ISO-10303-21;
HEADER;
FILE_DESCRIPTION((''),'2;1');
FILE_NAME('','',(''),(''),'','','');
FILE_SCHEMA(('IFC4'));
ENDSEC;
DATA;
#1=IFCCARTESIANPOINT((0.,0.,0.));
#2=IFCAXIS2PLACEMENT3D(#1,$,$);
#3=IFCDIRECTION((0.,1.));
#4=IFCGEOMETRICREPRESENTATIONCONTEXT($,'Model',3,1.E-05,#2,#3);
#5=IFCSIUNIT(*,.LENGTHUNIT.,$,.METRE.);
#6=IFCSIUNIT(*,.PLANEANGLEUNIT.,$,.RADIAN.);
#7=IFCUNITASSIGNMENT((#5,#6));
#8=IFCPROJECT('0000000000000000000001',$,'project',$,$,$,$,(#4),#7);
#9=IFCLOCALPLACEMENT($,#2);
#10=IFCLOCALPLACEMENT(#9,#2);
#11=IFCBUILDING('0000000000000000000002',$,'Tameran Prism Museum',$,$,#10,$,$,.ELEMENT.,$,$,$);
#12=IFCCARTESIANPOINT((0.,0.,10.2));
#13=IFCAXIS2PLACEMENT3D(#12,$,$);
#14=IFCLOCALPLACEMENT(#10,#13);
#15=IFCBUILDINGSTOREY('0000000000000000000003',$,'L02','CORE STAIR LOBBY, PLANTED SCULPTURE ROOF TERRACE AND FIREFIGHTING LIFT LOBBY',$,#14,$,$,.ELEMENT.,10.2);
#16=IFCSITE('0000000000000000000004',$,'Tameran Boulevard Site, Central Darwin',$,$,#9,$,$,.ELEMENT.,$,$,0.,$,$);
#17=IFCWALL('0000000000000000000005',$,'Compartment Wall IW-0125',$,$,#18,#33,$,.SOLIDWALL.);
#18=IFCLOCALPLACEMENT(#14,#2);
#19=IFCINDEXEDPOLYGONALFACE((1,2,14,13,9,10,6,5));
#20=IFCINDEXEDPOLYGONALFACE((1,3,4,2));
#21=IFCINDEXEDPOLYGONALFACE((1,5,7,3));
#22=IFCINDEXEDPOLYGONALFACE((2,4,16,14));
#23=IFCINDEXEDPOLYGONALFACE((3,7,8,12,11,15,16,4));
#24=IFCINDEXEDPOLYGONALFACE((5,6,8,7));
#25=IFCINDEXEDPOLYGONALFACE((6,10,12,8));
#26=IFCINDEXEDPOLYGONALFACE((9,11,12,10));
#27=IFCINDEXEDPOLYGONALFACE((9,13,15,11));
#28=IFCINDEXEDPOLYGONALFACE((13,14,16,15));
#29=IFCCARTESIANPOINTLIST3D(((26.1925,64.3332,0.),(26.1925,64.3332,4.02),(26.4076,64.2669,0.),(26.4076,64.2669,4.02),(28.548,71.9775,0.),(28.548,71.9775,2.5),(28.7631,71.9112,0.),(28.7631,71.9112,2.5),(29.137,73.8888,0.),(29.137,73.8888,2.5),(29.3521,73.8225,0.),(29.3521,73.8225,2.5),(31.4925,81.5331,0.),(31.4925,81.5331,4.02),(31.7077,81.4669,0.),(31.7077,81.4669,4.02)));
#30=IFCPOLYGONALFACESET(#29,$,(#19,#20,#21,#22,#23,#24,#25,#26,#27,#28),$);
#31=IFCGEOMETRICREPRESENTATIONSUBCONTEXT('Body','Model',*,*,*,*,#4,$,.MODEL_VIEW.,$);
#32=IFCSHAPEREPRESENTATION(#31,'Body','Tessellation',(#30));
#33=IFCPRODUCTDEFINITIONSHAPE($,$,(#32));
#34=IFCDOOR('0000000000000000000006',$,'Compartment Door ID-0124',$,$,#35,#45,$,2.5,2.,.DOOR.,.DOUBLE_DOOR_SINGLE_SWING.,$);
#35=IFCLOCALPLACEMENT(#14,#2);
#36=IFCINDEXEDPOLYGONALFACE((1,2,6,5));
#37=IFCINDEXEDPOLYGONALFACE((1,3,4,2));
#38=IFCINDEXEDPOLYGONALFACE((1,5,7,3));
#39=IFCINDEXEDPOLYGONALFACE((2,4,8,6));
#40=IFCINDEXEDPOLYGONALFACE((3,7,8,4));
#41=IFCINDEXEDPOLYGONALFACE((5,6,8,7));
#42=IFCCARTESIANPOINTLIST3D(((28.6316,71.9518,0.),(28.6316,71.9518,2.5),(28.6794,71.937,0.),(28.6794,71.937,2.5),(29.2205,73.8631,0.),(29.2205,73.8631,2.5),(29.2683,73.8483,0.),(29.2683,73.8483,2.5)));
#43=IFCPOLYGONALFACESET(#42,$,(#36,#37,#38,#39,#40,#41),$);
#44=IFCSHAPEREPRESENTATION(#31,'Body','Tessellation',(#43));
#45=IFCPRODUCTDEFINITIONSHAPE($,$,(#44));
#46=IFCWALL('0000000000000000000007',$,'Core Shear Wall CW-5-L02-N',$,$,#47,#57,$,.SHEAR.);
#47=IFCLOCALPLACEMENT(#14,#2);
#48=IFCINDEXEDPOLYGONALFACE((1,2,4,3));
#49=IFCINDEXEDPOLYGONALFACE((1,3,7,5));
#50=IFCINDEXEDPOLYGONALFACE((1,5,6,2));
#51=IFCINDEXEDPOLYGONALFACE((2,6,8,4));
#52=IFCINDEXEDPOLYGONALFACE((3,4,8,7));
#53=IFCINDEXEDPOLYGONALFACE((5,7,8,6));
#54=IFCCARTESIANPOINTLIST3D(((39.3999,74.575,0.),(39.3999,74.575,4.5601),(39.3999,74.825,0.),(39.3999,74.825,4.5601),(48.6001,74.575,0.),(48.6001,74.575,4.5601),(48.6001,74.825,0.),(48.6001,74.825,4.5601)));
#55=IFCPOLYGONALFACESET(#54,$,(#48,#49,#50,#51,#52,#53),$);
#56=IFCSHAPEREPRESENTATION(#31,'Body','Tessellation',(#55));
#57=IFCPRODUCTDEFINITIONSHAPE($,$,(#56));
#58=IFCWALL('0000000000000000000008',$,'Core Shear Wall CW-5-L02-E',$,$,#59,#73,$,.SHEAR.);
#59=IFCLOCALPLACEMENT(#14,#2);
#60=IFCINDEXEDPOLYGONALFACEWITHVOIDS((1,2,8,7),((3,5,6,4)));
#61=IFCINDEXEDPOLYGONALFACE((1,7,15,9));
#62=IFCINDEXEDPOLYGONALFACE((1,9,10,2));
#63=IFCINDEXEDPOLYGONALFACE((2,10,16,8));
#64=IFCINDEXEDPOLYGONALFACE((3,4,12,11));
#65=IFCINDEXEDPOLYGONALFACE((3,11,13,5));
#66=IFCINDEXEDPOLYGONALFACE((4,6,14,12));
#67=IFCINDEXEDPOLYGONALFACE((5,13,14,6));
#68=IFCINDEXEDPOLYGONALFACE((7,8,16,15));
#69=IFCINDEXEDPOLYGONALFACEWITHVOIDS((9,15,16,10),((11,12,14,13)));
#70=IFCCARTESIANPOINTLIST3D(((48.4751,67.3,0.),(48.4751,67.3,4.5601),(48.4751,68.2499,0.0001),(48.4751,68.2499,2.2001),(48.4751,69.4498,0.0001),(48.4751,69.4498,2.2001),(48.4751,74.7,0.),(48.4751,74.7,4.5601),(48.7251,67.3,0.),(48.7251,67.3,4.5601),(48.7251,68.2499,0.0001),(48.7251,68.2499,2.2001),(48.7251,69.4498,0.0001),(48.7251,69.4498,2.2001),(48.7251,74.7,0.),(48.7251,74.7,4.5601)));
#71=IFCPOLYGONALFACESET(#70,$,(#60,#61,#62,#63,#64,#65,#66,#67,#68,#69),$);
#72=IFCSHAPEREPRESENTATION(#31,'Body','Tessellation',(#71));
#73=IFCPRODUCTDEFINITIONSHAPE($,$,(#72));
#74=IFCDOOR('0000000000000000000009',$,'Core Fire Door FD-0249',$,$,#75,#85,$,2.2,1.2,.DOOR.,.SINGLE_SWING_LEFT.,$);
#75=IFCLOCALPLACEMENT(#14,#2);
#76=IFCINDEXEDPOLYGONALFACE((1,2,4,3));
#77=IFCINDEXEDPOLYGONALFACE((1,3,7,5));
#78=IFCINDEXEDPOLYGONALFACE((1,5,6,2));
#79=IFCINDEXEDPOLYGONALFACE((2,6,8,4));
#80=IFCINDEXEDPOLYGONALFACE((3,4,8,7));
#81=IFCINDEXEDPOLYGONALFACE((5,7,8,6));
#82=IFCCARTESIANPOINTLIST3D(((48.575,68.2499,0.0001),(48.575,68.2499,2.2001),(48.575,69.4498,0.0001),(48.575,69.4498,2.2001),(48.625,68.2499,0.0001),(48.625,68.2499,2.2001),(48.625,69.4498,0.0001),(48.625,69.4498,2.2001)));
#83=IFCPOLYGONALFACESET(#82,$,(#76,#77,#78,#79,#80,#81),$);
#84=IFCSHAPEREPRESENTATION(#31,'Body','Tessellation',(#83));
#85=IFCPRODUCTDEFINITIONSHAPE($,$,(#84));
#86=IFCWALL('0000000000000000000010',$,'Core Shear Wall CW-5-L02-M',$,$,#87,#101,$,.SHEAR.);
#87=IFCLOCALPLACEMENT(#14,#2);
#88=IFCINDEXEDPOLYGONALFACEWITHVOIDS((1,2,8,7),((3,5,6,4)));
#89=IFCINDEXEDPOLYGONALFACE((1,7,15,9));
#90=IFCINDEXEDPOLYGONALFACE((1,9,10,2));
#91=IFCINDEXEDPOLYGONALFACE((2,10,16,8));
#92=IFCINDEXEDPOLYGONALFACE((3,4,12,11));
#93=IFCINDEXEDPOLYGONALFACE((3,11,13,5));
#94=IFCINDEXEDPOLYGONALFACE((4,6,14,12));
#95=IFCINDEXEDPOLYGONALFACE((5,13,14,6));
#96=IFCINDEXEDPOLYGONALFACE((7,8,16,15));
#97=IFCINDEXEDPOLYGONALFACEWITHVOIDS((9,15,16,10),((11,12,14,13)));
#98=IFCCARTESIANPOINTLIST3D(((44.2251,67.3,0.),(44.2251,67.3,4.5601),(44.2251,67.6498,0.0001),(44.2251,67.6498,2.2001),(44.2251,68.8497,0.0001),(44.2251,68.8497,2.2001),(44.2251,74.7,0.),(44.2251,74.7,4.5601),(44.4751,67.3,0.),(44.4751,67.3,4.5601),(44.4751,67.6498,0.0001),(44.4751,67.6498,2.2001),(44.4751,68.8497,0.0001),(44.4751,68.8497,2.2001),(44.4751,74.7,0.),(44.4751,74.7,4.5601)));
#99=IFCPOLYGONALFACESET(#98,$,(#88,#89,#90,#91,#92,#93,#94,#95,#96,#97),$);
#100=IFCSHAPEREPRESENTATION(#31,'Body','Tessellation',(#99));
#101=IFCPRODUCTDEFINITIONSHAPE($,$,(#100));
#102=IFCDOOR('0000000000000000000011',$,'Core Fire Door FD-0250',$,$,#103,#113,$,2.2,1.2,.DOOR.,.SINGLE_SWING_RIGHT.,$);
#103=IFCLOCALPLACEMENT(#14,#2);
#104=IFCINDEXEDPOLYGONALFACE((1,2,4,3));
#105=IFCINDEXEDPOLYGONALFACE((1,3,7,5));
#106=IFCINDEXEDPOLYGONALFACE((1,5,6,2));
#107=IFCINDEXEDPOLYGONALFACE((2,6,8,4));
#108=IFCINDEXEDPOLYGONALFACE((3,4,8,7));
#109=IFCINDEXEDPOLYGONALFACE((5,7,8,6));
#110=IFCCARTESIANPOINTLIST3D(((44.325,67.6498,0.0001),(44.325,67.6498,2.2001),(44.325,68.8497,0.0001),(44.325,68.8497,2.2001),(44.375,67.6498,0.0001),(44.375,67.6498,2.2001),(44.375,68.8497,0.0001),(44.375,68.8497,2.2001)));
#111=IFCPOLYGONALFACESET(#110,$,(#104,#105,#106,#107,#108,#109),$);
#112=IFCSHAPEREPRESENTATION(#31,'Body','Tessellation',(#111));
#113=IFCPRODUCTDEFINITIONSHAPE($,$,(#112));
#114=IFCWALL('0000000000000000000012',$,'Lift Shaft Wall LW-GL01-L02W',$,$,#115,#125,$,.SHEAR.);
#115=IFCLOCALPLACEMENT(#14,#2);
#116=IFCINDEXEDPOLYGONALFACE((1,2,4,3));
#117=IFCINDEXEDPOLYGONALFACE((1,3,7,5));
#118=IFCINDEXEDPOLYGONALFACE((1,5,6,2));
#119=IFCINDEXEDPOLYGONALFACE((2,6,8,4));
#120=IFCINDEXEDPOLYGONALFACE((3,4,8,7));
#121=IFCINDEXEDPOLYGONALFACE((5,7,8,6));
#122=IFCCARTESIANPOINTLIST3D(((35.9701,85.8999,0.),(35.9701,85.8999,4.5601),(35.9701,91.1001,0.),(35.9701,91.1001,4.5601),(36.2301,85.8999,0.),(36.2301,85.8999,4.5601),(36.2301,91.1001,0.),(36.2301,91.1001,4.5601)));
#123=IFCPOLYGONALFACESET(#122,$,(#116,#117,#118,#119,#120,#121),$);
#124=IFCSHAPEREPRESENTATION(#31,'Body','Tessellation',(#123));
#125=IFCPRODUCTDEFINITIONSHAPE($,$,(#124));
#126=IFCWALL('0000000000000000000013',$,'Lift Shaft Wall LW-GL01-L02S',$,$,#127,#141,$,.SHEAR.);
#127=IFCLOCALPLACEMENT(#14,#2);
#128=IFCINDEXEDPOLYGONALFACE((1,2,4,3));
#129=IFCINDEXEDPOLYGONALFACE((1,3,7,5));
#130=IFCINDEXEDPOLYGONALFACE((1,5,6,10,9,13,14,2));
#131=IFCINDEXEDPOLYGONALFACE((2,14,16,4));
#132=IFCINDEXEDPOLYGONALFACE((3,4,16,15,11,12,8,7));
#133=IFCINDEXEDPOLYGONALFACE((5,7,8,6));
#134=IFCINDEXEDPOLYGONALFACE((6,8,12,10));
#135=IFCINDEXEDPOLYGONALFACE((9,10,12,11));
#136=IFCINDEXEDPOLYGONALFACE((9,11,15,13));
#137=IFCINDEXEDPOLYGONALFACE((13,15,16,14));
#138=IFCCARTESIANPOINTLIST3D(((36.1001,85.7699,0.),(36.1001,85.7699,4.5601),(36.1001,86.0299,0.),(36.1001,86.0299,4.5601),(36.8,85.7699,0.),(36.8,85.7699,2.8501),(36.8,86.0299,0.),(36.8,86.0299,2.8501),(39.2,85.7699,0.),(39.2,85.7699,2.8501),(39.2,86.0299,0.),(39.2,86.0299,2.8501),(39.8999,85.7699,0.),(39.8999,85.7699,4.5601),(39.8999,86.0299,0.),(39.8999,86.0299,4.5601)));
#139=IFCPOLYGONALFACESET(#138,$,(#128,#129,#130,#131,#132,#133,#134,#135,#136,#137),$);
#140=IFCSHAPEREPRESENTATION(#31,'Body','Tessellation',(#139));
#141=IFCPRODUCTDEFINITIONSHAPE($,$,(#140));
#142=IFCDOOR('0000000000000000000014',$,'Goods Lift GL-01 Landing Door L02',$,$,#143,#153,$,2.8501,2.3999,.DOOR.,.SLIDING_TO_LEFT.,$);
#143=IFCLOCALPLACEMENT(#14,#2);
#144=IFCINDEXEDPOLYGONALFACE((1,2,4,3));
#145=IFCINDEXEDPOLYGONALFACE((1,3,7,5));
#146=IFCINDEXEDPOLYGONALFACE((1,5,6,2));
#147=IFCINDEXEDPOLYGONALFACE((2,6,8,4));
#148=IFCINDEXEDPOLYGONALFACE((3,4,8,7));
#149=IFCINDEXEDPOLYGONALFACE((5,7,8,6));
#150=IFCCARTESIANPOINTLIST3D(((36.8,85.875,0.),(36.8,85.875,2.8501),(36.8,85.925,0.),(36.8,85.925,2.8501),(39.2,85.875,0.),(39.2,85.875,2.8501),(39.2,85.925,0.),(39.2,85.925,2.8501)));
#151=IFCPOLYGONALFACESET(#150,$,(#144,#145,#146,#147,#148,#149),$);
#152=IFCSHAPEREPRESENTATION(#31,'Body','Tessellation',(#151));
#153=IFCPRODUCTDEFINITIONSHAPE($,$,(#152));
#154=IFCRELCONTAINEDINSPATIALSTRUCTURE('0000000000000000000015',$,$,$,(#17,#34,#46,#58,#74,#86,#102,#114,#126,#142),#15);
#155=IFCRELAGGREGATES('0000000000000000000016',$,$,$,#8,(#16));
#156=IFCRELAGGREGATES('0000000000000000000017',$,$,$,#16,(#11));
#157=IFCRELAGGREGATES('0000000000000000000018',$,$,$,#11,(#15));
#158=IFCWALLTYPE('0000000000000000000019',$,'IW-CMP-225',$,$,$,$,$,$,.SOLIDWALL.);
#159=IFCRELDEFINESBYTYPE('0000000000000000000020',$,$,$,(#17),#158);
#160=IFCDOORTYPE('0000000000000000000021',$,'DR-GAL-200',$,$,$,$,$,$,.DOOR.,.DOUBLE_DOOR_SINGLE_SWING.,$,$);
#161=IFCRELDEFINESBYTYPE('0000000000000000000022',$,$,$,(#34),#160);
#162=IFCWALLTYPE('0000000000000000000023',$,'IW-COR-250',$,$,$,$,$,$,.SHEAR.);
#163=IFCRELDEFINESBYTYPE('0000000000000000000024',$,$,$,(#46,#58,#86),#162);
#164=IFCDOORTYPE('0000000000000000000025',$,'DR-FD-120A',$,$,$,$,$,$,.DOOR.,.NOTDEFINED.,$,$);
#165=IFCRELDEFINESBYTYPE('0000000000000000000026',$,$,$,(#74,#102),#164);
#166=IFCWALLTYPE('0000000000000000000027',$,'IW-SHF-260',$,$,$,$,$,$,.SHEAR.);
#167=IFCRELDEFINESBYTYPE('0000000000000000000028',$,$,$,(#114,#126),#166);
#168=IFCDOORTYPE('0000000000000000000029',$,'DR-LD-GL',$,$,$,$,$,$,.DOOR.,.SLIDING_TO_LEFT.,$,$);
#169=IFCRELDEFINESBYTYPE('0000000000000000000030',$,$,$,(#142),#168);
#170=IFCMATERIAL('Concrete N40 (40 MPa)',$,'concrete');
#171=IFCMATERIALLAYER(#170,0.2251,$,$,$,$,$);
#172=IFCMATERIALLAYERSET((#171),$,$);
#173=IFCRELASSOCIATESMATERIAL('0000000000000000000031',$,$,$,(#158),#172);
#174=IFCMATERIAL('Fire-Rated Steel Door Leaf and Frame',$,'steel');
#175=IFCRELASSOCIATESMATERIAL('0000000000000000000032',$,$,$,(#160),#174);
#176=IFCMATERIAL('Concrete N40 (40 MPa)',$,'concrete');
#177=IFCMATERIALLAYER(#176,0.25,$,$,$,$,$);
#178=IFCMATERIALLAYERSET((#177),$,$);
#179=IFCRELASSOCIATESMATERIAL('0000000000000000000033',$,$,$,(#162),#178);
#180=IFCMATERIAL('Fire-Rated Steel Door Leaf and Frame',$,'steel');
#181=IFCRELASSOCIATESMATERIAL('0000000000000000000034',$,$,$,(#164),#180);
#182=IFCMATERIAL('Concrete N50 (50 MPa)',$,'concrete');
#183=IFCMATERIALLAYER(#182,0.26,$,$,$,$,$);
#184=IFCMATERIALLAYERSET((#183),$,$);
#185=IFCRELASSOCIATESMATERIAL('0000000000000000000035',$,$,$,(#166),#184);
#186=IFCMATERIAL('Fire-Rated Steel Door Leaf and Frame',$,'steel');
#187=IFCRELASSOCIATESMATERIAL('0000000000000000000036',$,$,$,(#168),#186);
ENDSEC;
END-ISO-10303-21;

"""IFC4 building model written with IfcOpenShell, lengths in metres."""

from ifc_helpers import new_model, si_unit, direction, frame, frame_2d, origin, place, context, subcontext, project, spatial, rectangle, extrude, material, layer, layer_set, type_object, element, fill, save


model = new_model("IFC4")

# Units and contexts
model_context = context("Model", 3, precision=1e-05, world=origin(), true_north=direction((0.0, 1.0)))
body_context = subcontext(model_context, "Body", "Model", "MODEL_VIEW")
ifc_project = project(units=[si_unit("LENGTHUNIT", "METRE"), si_unit("PLANEANGLEUNIT", "RADIAN")], contexts=[model_context])

# Site, building, storey
site_placement = place(None, origin())
site = spatial("IfcSite", under=ifc_project, at=site_placement, Name="Tameran Boulevard Site, Central Darwin", CompositionType="ELEMENT", RefElevation=0.0)
building_placement = place(site_placement, origin())
building = spatial("IfcBuilding", under=site, at=building_placement, Name="Tameran Prism Museum", CompositionType="ELEMENT")
storey_placement = place(building_placement, frame((0.0, 0.0, 10.2)))
storey = spatial("IfcBuildingStorey", under=building, at=storey_placement, Name="L02", Description="CORE STAIR LOBBY, PLANTED SCULPTURE ROOF TERRACE AND FIREFIGHTING LIFT LOBBY", CompositionType="ELEMENT", Elevation=10.2)

# Wall, opening, door
ifc_material_1 = material(Name="Concrete N40 (40 MPa)", Category="concrete")
ifc_layer_1 = layer(ifc_material_1, 0.2251)
ifc_layer_set_1 = layer_set([ifc_layer_1])
wall_type_1 = type_object("IfcWallType", Name="IW-CMP-225", PredefinedType="SOLIDWALL", material=ifc_layer_set_1)
wall_1_placement = place(storey_placement, frame((31.6001, 81.5, 0.0), z_axis=(0.0, 0.0, 1.0), x_axis=(-0.294479, -0.955658, 0.0)))
wall_1 = element("IfcWall", 1, at=wall_1_placement, inside=storey, type_object=wall_type_1, Name="Compartment Wall IW-0125", PredefinedType="SOLIDWALL", context=body_context, shape_type="SweptSolid", body=[
    extrude(rectangle(XDim=17.998, YDim=0.2251, at=frame_2d((8.999, 0.0))), origin(), (0.0, 0.0, 1.0), 4.02),
])
opening_1_placement = place(wall_1_placement, frame((7.999, 0.0, 0.0)))
opening_1 = element("IfcOpeningElement", 2, at=opening_1_placement, cuts=wall_1, PredefinedType="OPENING", context=body_context, shape_type="SweptSolid", body=[
    extrude(rectangle(XDim=2.0, YDim=2.5, at=frame_2d((1.0, 1.25))), frame((0.0, 0.1226, 0.0), z_axis=(0.0, -1.0, 0.0), x_axis=(1.0, 0.0, 0.0)), (0.0, 0.0, 1.0), 0.2451),
])
ifc_material_2 = material(Name="Fire-Rated Steel Door Leaf and Frame", Category="steel")
door_type_1 = type_object("IfcDoorType", Name="DR-GAL-200", OperationType="DOUBLE_DOOR_SINGLE_SWING", PredefinedType="DOOR", material=ifc_material_2)
door_1_placement = place(opening_1_placement, origin())
door_1 = element("IfcDoor", 3, at=door_1_placement, inside=storey, type_object=door_type_1, Name="Compartment Door ID-0124", OperationType="DOUBLE_DOOR_SINGLE_SWING", OverallHeight=2.5, OverallWidth=2.0, PredefinedType="DOOR", context=body_context, shape_type="SweptSolid", body=[
    extrude(rectangle(XDim=2.0, YDim=2.5, at=frame_2d((1.0, 1.25))), frame((0.0, 0.0249, 0.0), z_axis=(0.0, -1.0, 0.0), x_axis=(1.0, 0.0, 0.0)), (0.0, 0.0, 1.0), 0.05),
])
fill(opening_1, door_1)

# Wall
ifc_material_3 = material(Name="Concrete N40 (40 MPa)", Category="concrete")
ifc_layer_2 = layer(ifc_material_3, 0.25)
ifc_layer_set_2 = layer_set([ifc_layer_2])
wall_type_2 = type_object("IfcWallType", Name="IW-COR-250", PredefinedType="SHEAR", material=ifc_layer_set_2)
wall_2_placement = place(storey_placement, frame((39.3999, 74.7, 0.0), z_axis=(0.0, 0.0, 1.0), x_axis=(1.0, 0.0, 0.0)))
element("IfcWall", 4, at=wall_2_placement, inside=storey, type_object=wall_type_2, Name="Core Shear Wall CW-5-L02-N", PredefinedType="SHEAR", context=body_context, shape_type="SweptSolid", body=[
    extrude(rectangle(XDim=9.2002, YDim=0.25, at=frame_2d((4.6001, 0.0))), origin(), (0.0, 0.0, 1.0), 4.5601),
])

# Walls, openings, doors
wall_3_placement = place(storey_placement, frame((48.6001, 74.7, 0.0), z_axis=(0.0, 0.0, 1.0), x_axis=(0.0, -1.0, 0.0)))
wall_3 = element("IfcWall", 5, at=wall_3_placement, inside=storey, type_object=wall_type_2, Name="Core Shear Wall CW-5-L02-E", PredefinedType="SHEAR", context=body_context, shape_type="SweptSolid", body=[
    extrude(rectangle(XDim=7.3999, YDim=0.25, at=frame_2d((3.7, 0.0))), origin(), (0.0, 0.0, 1.0), 4.5601),
])
opening_2_placement = place(wall_3_placement, frame((5.25, 0.0, 0.0)))
opening_2 = element("IfcOpeningElement", 6, at=opening_2_placement, cuts=wall_3, PredefinedType="OPENING", context=body_context, shape_type="SweptSolid", body=[
    extrude(rectangle(XDim=1.2, YDim=2.2, at=frame_2d((0.6001, 1.1001))), frame((0.0, 0.135, 0.0), z_axis=(0.0, -1.0, 0.0), x_axis=(1.0, 0.0, 0.0)), (0.0, 0.0, 1.0), 0.27),
])
ifc_material_4 = material(Name="Fire-Rated Steel Door Leaf and Frame", Category="steel")
door_type_2 = type_object("IfcDoorType", Name="DR-FD-120A", OperationType="NOTDEFINED", PredefinedType="DOOR", material=ifc_material_4)
door_2_placement = place(opening_2_placement, origin())
door_2 = element("IfcDoor", 7, at=door_2_placement, inside=storey, type_object=door_type_2, Name="Core Fire Door FD-0249", OperationType="SINGLE_SWING_LEFT", OverallHeight=2.2, OverallWidth=1.2, PredefinedType="DOOR", context=body_context, shape_type="SweptSolid", body=[
    extrude(rectangle(XDim=1.2, YDim=2.2, at=frame_2d((0.6001, 1.1001))), frame((0.0, 0.0249, 0.0), z_axis=(0.0, -1.0, 0.0), x_axis=(1.0, 0.0, 0.0)), (0.0, 0.0, 1.0), 0.05),
])
fill(opening_2, door_2)
wall_4_placement = place(storey_placement, frame((44.3501, 74.7, 0.0), z_axis=(0.0, 0.0, 1.0), x_axis=(0.0, -1.0, 0.0)))
wall_4 = element("IfcWall", 8, at=wall_4_placement, inside=storey, type_object=wall_type_2, Name="Core Shear Wall CW-5-L02-M", PredefinedType="SHEAR", context=body_context, shape_type="SweptSolid", body=[
    extrude(rectangle(XDim=7.3999, YDim=0.25, at=frame_2d((3.7, 0.0))), origin(), (0.0, 0.0, 1.0), 4.5601),
])
opening_3_placement = place(wall_4_placement, frame((5.8501, 0.0, 0.0)))
opening_3 = element("IfcOpeningElement", 9, at=opening_3_placement, cuts=wall_4, PredefinedType="OPENING", context=body_context, shape_type="SweptSolid", body=[
    extrude(rectangle(XDim=1.2, YDim=2.2, at=frame_2d((0.6001, 1.1001))), frame((0.0, 0.135, 0.0), z_axis=(0.0, -1.0, 0.0), x_axis=(1.0, 0.0, 0.0)), (0.0, 0.0, 1.0), 0.27),
])
door_3_placement = place(opening_3_placement, origin())
door_3 = element("IfcDoor", 10, at=door_3_placement, inside=storey, type_object=door_type_2, Name="Core Fire Door FD-0250", OperationType="SINGLE_SWING_RIGHT", OverallHeight=2.2, OverallWidth=1.2, PredefinedType="DOOR", context=body_context, shape_type="SweptSolid", body=[
    extrude(rectangle(XDim=1.2, YDim=2.2, at=frame_2d((0.6001, 1.1001))), frame((0.0, 0.0249, 0.0), z_axis=(0.0, -1.0, 0.0), x_axis=(1.0, 0.0, 0.0)), (0.0, 0.0, 1.0), 0.05),
])
fill(opening_3, door_3)

# Wall
ifc_material_5 = material(Name="Concrete N50 (50 MPa)", Category="concrete")
ifc_layer_3 = layer(ifc_material_5, 0.26)
ifc_layer_set_3 = layer_set([ifc_layer_3])
wall_type_3 = type_object("IfcWallType", Name="IW-SHF-260", PredefinedType="SHEAR", material=ifc_layer_set_3)
wall_5_placement = place(storey_placement, frame((36.1001, 85.8999, 0.0), z_axis=(0.0, 0.0, 1.0), x_axis=(0.0, 1.0, 0.0)))
element("IfcWall", 11, at=wall_5_placement, inside=storey, type_object=wall_type_3, Name="Lift Shaft Wall LW-GL01-L02W", PredefinedType="SHEAR", context=body_context, shape_type="SweptSolid", body=[
    extrude(rectangle(XDim=5.2002, YDim=0.26, at=frame_2d((2.6001, 0.0))), origin(), (0.0, 0.0, 1.0), 4.5601),
])

# Wall, opening, door
wall_6_placement = place(storey_placement, frame((39.8999, 85.8999, 0.0), z_axis=(0.0, 0.0, 1.0), x_axis=(-1.0, 0.0, 0.0)))
wall_6 = element("IfcWall", 12, at=wall_6_placement, inside=storey, type_object=wall_type_3, Name="Lift Shaft Wall LW-GL01-L02S", PredefinedType="SHEAR", context=body_context, shape_type="SweptSolid", body=[
    extrude(rectangle(XDim=3.7998, YDim=0.26, at=frame_2d((1.8999, 0.0))), origin(), (0.0, 0.0, 1.0), 4.5601),
])
opening_4_placement = place(wall_6_placement, frame((0.7, 0.0, 0.0)))
opening_4 = element("IfcOpeningElement", 13, at=opening_4_placement, cuts=wall_6, PredefinedType="OPENING", context=body_context, shape_type="SweptSolid", body=[
    extrude(rectangle(XDim=2.3999, YDim=2.8501, at=frame_2d((1.2, 1.425))), frame((0.0, 0.1399, 0.0), z_axis=(0.0, -1.0, 0.0), x_axis=(1.0, 0.0, 0.0)), (0.0, 0.0, 1.0), 0.28),
])
ifc_material_6 = material(Name="Fire-Rated Steel Door Leaf and Frame", Category="steel")
door_type_3 = type_object("IfcDoorType", Name="DR-LD-GL", OperationType="SLIDING_TO_LEFT", PredefinedType="DOOR", material=ifc_material_6)
door_4_placement = place(opening_4_placement, origin())
door_4 = element("IfcDoor", 14, at=door_4_placement, inside=storey, type_object=door_type_3, Name="Goods Lift GL-01 Landing Door L02", OperationType="SLIDING_TO_LEFT", OverallHeight=2.8501, OverallWidth=2.3999, PredefinedType="DOOR", context=body_context, shape_type="SweptSolid", body=[
    extrude(rectangle(XDim=2.3999, YDim=2.8501, at=frame_2d((1.2, 1.425))), frame((0.0, 0.0249, 0.0), z_axis=(0.0, -1.0, 0.0), x_axis=(1.0, 0.0, 0.0)), (0.0, 0.0, 1.0), 0.05),
])
fill(opening_4, door_4)

save(model, "model.ifc")
